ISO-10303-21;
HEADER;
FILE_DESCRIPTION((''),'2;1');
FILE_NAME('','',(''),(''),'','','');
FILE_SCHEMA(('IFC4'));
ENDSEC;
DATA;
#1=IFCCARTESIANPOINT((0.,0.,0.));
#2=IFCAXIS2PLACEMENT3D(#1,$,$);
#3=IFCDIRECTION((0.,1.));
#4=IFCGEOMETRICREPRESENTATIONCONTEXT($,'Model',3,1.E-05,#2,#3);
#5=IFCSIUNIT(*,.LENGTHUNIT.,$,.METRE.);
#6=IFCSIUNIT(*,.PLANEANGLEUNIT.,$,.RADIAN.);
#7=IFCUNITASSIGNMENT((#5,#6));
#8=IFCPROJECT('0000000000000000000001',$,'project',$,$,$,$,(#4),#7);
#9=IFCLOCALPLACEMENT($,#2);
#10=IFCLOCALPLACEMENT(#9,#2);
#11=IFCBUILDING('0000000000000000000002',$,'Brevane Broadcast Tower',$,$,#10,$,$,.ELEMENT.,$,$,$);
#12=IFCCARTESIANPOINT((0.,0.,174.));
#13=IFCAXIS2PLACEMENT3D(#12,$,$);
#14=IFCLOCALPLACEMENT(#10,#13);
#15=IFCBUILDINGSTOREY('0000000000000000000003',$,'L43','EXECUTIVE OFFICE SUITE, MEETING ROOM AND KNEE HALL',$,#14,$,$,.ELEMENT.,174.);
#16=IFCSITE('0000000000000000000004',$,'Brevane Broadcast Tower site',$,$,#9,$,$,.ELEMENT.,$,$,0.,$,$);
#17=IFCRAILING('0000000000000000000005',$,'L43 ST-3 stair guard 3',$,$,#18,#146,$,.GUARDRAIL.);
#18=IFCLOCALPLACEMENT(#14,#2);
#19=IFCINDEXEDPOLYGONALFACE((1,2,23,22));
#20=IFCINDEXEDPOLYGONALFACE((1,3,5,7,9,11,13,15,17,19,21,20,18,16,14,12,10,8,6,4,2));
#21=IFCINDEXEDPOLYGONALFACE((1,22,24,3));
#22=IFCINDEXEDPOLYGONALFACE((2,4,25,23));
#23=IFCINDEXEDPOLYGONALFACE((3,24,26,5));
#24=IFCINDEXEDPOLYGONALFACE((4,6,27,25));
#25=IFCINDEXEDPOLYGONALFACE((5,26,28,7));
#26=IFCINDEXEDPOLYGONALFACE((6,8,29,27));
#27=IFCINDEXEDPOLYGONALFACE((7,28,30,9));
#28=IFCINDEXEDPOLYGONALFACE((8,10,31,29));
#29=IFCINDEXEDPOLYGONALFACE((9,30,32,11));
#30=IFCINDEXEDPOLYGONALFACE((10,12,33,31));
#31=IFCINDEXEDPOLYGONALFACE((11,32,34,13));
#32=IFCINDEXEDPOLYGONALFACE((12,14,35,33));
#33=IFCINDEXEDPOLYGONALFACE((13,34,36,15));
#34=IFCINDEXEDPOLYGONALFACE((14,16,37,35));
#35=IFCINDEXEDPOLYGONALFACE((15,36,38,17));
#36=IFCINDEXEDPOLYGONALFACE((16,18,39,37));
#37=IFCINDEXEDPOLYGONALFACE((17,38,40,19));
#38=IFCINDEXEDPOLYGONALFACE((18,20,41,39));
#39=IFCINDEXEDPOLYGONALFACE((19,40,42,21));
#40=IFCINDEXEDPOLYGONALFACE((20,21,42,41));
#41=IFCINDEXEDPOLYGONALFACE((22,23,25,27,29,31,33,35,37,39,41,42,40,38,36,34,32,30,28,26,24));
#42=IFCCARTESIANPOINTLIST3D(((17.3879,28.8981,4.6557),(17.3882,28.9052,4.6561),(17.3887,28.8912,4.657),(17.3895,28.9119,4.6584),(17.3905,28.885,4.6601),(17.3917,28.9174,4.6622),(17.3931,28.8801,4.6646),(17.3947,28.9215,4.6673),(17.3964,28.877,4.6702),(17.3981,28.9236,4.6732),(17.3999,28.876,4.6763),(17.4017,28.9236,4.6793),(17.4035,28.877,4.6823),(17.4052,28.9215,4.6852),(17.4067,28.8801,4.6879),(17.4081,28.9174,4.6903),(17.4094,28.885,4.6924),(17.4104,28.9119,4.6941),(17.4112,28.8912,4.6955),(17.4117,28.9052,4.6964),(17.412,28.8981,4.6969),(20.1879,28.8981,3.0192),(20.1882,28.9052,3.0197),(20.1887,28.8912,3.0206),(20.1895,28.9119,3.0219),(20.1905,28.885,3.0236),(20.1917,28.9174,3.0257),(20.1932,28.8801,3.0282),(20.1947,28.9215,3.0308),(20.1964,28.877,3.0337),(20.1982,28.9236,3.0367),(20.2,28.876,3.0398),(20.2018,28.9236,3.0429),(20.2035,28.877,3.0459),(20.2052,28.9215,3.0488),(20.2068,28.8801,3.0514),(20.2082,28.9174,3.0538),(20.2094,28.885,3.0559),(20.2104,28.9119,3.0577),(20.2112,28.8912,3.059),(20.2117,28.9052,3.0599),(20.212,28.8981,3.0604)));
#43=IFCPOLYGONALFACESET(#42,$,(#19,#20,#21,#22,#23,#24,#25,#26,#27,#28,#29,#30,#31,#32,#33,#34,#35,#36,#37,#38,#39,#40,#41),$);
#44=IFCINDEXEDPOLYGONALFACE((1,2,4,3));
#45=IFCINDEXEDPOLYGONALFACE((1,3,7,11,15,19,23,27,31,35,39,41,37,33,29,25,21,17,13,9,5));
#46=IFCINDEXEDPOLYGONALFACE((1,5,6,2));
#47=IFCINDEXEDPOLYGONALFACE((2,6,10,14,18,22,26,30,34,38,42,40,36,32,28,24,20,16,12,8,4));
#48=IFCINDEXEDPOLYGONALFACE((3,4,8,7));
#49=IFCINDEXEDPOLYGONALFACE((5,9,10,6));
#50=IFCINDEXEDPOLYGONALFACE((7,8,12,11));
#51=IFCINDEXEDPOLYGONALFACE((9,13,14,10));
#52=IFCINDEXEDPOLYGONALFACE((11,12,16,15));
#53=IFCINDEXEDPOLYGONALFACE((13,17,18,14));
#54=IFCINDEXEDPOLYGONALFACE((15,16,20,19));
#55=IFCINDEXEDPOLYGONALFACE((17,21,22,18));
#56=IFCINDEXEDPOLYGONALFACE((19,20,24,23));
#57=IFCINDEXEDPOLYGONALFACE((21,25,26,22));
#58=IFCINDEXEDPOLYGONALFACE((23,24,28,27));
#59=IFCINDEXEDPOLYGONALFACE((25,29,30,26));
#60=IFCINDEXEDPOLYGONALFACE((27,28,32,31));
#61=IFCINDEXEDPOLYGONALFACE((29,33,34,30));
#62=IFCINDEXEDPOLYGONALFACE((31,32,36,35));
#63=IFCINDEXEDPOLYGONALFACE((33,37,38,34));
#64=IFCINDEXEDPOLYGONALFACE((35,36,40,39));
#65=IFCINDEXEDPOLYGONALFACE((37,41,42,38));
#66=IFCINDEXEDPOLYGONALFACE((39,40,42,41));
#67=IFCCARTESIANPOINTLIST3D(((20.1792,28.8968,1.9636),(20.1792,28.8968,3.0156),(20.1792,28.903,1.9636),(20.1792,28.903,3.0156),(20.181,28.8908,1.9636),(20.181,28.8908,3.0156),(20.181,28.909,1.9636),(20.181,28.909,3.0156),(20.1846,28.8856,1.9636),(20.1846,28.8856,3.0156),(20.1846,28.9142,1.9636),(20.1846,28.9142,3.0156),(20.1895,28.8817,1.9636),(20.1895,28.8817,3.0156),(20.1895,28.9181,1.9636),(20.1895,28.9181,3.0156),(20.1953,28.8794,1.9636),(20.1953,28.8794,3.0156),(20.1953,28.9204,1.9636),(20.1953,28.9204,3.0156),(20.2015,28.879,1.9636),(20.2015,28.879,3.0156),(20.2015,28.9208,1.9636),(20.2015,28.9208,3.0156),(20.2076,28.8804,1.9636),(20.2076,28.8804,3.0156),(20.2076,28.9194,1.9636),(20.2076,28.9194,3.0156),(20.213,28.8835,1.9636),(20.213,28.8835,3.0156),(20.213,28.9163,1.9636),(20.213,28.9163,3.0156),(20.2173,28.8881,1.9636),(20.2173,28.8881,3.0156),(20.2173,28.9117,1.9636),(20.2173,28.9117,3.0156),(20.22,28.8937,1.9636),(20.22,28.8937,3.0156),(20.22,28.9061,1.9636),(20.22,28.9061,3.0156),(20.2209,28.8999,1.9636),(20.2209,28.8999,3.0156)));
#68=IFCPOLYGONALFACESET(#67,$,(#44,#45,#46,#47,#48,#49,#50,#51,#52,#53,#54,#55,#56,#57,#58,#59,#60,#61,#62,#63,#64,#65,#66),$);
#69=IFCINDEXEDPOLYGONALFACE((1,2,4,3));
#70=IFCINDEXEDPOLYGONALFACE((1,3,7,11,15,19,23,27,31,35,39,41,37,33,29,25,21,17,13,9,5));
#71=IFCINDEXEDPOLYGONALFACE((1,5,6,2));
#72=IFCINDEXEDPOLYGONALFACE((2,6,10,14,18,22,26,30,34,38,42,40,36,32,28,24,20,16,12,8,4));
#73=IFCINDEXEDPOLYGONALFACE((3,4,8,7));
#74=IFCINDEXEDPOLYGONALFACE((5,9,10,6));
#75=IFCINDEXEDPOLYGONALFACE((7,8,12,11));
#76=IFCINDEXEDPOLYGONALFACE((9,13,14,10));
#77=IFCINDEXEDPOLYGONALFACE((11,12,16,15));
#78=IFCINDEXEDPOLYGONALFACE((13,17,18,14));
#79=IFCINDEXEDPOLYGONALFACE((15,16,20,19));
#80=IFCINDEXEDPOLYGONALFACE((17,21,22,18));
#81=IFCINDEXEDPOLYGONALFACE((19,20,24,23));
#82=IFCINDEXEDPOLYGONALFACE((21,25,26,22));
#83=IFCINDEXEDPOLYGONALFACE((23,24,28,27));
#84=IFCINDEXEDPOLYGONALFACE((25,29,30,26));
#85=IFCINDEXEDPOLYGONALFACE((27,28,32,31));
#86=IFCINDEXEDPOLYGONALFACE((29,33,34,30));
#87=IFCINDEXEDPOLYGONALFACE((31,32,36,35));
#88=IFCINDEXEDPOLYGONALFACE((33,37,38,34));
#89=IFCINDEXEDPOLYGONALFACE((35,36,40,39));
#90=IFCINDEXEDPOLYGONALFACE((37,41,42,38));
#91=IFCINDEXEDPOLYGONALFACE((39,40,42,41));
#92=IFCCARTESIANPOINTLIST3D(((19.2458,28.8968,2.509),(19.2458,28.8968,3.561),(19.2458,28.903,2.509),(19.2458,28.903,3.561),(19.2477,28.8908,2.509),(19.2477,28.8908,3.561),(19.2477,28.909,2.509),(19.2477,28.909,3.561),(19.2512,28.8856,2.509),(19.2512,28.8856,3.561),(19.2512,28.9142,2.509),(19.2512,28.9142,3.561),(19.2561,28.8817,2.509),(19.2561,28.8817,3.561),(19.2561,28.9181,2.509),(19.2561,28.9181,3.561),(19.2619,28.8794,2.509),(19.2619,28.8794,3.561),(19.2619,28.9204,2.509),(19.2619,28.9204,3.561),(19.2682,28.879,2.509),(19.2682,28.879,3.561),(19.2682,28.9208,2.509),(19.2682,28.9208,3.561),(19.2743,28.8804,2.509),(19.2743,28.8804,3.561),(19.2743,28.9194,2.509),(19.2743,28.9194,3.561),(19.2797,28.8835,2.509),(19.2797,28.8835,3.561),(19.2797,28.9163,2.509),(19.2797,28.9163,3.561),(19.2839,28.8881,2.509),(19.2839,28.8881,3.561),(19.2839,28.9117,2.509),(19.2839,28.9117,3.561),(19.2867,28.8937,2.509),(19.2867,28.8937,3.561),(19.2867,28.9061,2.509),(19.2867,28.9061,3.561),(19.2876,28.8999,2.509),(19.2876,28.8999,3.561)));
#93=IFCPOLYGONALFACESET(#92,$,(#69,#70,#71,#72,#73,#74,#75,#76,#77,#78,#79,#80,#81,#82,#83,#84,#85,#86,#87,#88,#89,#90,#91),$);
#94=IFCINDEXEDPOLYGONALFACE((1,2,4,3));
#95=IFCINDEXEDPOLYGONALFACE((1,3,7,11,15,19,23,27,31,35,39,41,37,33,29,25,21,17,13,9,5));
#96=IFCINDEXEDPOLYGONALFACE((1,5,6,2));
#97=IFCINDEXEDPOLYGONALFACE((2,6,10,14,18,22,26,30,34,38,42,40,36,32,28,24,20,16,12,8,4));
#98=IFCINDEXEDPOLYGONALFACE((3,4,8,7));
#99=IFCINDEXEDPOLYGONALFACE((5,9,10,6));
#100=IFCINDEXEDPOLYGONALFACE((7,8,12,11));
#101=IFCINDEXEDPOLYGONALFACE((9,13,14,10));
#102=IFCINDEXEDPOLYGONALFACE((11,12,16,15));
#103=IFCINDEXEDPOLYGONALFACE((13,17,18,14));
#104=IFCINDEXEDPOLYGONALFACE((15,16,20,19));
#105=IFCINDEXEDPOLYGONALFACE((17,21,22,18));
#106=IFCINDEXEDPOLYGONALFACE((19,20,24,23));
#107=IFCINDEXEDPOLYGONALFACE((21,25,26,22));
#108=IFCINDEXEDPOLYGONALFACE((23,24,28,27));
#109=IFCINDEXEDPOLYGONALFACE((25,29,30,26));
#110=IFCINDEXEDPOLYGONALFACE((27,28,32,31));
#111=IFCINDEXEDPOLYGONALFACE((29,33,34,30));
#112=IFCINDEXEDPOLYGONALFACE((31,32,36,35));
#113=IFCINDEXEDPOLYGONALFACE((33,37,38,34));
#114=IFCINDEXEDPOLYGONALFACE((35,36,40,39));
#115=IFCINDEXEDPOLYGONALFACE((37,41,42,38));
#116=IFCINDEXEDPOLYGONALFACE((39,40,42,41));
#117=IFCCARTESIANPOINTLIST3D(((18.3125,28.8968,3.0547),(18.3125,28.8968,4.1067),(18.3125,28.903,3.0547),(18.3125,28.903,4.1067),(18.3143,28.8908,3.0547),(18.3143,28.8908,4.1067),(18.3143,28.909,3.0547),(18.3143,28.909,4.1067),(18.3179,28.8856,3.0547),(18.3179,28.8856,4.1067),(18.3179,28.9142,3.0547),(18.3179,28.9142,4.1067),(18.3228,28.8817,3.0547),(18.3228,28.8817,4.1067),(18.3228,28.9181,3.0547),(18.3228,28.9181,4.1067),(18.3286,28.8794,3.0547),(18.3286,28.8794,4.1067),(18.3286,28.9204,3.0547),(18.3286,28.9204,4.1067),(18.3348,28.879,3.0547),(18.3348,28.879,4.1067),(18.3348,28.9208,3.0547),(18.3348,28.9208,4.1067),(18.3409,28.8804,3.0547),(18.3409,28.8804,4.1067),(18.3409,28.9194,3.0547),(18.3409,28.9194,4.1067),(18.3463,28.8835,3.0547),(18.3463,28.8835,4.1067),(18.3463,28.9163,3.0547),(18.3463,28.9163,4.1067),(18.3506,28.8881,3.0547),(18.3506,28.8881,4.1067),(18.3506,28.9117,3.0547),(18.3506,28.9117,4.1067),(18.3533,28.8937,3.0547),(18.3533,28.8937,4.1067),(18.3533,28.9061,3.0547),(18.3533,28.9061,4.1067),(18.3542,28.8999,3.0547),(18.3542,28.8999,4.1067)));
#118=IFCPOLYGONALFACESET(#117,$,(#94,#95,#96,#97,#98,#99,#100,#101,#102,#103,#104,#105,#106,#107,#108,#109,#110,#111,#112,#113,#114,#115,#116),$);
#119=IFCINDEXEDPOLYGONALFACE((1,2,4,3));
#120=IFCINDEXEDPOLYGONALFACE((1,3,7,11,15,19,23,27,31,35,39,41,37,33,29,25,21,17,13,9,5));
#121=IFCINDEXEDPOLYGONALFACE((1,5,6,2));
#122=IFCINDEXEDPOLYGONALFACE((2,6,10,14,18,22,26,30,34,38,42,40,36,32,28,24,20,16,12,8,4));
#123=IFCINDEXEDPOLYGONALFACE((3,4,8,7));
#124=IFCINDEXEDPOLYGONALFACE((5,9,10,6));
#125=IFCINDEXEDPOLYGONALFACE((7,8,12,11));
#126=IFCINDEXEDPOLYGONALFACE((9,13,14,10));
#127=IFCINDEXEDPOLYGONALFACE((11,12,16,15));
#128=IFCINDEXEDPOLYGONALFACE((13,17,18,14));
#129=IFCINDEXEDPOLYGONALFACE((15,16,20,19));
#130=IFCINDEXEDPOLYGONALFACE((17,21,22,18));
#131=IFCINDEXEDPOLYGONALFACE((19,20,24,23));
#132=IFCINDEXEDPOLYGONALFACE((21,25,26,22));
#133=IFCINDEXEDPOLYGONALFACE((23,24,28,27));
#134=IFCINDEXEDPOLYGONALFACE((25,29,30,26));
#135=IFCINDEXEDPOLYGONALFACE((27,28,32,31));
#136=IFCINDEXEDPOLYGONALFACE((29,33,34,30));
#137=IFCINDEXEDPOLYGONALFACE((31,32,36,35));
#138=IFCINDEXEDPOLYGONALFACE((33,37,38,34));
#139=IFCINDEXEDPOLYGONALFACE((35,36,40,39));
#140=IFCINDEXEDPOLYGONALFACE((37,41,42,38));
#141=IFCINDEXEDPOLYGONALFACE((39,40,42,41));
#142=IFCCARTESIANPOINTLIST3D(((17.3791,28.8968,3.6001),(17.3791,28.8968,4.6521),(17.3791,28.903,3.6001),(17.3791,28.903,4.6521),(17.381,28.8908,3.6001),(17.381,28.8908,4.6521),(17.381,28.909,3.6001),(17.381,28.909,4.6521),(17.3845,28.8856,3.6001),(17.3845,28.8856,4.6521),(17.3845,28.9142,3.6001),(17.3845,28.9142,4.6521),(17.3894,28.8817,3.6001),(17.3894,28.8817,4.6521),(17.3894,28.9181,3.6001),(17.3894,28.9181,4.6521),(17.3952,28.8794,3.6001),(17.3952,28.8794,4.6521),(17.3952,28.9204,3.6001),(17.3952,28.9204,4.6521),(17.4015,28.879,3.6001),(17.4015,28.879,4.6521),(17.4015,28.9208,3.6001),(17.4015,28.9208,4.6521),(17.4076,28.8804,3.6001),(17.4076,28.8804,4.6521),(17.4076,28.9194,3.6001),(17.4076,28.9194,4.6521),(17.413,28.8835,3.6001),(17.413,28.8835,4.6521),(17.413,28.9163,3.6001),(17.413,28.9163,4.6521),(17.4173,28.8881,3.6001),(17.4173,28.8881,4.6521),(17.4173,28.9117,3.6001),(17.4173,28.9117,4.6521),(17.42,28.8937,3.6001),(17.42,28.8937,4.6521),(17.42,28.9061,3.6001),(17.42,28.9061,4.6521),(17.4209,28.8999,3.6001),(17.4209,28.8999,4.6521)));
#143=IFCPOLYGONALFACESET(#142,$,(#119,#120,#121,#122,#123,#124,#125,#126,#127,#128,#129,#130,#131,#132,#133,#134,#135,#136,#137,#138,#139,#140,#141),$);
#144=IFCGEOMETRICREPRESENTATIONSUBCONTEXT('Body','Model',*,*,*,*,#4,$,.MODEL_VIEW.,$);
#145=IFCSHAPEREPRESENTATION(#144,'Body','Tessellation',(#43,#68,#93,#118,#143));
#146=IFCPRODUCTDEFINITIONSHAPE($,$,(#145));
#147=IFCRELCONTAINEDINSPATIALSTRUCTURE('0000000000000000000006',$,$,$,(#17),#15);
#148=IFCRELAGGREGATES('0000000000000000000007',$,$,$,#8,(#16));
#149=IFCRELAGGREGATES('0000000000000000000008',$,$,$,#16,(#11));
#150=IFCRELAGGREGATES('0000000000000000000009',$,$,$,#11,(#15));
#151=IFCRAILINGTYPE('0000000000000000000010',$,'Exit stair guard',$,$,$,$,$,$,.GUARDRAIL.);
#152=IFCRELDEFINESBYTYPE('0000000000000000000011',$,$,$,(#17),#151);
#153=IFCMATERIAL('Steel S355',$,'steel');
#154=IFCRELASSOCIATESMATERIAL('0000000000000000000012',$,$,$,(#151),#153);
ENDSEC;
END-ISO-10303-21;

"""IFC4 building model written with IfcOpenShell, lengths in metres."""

from ifc_helpers import new_model, si_unit, direction, frame, origin, origin_2d, place, context, subcontext, project, spatial, circle, extrude, material, type_object, element, save


model = new_model("IFC4")

# Units and contexts
model_context = context("Model", 3, precision=1e-05, world=origin(), true_north=direction((0.0, 1.0)))
body_context = subcontext(model_context, "Body", "Model", "MODEL_VIEW")
ifc_project = project(units=[si_unit("LENGTHUNIT", "METRE"), si_unit("PLANEANGLEUNIT", "RADIAN")], contexts=[model_context])

# Site, building, storey
site_placement = place(None, origin())
site = spatial("IfcSite", under=ifc_project, at=site_placement, Name="Brevane Broadcast Tower site", CompositionType="ELEMENT", RefElevation=0.0)
building_placement = place(site_placement, origin())
building = spatial("IfcBuilding", under=site, at=building_placement, Name="Brevane Broadcast Tower", CompositionType="ELEMENT")
storey_placement = place(building_placement, frame((0.0, 0.0, 174.0)))
storey = spatial("IfcBuildingStorey", under=building, at=storey_placement, Name="L43", Description="EXECUTIVE OFFICE SUITE, MEETING ROOM AND KNEE HALL", CompositionType="ELEMENT", Elevation=174.0)

# Railing
ifc_material_1 = material(Name="Steel S355", Category="steel")
railing_type_1 = type_object("IfcRailingType", Name="Exit stair guard", PredefinedType="GUARDRAIL", material=ifc_material_1)
railing_1_placement = place(storey_placement, frame((20.2, 28.8999, 1.9636)))
element("IfcRailing", 1, at=railing_1_placement, inside=storey, type_object=railing_type_1, Name="L43 ST-3 stair guard 3", PredefinedType="GUARDRAIL", context=body_context, shape_type="SweptSolid", body=[
    extrude(circle(Radius=0.0239, at=origin_2d()), frame((0.0, 0.0, 1.0762), z_axis=(-0.863361, 0.0, 0.504587), x_axis=(0.0, -1.0, 0.0)), (0.0, 0.0, 1.0), 3.2432),
    extrude(circle(Radius=0.021, at=origin_2d()), origin(), (0.0, 0.0, 1.0), 1.052),
    extrude(circle(Radius=0.021, at=origin_2d()), frame((-0.9333, 0.0, 0.5454)), (0.0, 0.0, 1.0), 1.052),
    extrude(circle(Radius=0.021, at=origin_2d()), frame((-1.8667, 0.0, 1.0911)), (0.0, 0.0, 1.0), 1.052),
    extrude(circle(Radius=0.021, at=origin_2d()), frame((-2.8, 0.0, 1.6365)), (0.0, 0.0, 1.0), 1.052),
])

save(model, "model.ifc")
